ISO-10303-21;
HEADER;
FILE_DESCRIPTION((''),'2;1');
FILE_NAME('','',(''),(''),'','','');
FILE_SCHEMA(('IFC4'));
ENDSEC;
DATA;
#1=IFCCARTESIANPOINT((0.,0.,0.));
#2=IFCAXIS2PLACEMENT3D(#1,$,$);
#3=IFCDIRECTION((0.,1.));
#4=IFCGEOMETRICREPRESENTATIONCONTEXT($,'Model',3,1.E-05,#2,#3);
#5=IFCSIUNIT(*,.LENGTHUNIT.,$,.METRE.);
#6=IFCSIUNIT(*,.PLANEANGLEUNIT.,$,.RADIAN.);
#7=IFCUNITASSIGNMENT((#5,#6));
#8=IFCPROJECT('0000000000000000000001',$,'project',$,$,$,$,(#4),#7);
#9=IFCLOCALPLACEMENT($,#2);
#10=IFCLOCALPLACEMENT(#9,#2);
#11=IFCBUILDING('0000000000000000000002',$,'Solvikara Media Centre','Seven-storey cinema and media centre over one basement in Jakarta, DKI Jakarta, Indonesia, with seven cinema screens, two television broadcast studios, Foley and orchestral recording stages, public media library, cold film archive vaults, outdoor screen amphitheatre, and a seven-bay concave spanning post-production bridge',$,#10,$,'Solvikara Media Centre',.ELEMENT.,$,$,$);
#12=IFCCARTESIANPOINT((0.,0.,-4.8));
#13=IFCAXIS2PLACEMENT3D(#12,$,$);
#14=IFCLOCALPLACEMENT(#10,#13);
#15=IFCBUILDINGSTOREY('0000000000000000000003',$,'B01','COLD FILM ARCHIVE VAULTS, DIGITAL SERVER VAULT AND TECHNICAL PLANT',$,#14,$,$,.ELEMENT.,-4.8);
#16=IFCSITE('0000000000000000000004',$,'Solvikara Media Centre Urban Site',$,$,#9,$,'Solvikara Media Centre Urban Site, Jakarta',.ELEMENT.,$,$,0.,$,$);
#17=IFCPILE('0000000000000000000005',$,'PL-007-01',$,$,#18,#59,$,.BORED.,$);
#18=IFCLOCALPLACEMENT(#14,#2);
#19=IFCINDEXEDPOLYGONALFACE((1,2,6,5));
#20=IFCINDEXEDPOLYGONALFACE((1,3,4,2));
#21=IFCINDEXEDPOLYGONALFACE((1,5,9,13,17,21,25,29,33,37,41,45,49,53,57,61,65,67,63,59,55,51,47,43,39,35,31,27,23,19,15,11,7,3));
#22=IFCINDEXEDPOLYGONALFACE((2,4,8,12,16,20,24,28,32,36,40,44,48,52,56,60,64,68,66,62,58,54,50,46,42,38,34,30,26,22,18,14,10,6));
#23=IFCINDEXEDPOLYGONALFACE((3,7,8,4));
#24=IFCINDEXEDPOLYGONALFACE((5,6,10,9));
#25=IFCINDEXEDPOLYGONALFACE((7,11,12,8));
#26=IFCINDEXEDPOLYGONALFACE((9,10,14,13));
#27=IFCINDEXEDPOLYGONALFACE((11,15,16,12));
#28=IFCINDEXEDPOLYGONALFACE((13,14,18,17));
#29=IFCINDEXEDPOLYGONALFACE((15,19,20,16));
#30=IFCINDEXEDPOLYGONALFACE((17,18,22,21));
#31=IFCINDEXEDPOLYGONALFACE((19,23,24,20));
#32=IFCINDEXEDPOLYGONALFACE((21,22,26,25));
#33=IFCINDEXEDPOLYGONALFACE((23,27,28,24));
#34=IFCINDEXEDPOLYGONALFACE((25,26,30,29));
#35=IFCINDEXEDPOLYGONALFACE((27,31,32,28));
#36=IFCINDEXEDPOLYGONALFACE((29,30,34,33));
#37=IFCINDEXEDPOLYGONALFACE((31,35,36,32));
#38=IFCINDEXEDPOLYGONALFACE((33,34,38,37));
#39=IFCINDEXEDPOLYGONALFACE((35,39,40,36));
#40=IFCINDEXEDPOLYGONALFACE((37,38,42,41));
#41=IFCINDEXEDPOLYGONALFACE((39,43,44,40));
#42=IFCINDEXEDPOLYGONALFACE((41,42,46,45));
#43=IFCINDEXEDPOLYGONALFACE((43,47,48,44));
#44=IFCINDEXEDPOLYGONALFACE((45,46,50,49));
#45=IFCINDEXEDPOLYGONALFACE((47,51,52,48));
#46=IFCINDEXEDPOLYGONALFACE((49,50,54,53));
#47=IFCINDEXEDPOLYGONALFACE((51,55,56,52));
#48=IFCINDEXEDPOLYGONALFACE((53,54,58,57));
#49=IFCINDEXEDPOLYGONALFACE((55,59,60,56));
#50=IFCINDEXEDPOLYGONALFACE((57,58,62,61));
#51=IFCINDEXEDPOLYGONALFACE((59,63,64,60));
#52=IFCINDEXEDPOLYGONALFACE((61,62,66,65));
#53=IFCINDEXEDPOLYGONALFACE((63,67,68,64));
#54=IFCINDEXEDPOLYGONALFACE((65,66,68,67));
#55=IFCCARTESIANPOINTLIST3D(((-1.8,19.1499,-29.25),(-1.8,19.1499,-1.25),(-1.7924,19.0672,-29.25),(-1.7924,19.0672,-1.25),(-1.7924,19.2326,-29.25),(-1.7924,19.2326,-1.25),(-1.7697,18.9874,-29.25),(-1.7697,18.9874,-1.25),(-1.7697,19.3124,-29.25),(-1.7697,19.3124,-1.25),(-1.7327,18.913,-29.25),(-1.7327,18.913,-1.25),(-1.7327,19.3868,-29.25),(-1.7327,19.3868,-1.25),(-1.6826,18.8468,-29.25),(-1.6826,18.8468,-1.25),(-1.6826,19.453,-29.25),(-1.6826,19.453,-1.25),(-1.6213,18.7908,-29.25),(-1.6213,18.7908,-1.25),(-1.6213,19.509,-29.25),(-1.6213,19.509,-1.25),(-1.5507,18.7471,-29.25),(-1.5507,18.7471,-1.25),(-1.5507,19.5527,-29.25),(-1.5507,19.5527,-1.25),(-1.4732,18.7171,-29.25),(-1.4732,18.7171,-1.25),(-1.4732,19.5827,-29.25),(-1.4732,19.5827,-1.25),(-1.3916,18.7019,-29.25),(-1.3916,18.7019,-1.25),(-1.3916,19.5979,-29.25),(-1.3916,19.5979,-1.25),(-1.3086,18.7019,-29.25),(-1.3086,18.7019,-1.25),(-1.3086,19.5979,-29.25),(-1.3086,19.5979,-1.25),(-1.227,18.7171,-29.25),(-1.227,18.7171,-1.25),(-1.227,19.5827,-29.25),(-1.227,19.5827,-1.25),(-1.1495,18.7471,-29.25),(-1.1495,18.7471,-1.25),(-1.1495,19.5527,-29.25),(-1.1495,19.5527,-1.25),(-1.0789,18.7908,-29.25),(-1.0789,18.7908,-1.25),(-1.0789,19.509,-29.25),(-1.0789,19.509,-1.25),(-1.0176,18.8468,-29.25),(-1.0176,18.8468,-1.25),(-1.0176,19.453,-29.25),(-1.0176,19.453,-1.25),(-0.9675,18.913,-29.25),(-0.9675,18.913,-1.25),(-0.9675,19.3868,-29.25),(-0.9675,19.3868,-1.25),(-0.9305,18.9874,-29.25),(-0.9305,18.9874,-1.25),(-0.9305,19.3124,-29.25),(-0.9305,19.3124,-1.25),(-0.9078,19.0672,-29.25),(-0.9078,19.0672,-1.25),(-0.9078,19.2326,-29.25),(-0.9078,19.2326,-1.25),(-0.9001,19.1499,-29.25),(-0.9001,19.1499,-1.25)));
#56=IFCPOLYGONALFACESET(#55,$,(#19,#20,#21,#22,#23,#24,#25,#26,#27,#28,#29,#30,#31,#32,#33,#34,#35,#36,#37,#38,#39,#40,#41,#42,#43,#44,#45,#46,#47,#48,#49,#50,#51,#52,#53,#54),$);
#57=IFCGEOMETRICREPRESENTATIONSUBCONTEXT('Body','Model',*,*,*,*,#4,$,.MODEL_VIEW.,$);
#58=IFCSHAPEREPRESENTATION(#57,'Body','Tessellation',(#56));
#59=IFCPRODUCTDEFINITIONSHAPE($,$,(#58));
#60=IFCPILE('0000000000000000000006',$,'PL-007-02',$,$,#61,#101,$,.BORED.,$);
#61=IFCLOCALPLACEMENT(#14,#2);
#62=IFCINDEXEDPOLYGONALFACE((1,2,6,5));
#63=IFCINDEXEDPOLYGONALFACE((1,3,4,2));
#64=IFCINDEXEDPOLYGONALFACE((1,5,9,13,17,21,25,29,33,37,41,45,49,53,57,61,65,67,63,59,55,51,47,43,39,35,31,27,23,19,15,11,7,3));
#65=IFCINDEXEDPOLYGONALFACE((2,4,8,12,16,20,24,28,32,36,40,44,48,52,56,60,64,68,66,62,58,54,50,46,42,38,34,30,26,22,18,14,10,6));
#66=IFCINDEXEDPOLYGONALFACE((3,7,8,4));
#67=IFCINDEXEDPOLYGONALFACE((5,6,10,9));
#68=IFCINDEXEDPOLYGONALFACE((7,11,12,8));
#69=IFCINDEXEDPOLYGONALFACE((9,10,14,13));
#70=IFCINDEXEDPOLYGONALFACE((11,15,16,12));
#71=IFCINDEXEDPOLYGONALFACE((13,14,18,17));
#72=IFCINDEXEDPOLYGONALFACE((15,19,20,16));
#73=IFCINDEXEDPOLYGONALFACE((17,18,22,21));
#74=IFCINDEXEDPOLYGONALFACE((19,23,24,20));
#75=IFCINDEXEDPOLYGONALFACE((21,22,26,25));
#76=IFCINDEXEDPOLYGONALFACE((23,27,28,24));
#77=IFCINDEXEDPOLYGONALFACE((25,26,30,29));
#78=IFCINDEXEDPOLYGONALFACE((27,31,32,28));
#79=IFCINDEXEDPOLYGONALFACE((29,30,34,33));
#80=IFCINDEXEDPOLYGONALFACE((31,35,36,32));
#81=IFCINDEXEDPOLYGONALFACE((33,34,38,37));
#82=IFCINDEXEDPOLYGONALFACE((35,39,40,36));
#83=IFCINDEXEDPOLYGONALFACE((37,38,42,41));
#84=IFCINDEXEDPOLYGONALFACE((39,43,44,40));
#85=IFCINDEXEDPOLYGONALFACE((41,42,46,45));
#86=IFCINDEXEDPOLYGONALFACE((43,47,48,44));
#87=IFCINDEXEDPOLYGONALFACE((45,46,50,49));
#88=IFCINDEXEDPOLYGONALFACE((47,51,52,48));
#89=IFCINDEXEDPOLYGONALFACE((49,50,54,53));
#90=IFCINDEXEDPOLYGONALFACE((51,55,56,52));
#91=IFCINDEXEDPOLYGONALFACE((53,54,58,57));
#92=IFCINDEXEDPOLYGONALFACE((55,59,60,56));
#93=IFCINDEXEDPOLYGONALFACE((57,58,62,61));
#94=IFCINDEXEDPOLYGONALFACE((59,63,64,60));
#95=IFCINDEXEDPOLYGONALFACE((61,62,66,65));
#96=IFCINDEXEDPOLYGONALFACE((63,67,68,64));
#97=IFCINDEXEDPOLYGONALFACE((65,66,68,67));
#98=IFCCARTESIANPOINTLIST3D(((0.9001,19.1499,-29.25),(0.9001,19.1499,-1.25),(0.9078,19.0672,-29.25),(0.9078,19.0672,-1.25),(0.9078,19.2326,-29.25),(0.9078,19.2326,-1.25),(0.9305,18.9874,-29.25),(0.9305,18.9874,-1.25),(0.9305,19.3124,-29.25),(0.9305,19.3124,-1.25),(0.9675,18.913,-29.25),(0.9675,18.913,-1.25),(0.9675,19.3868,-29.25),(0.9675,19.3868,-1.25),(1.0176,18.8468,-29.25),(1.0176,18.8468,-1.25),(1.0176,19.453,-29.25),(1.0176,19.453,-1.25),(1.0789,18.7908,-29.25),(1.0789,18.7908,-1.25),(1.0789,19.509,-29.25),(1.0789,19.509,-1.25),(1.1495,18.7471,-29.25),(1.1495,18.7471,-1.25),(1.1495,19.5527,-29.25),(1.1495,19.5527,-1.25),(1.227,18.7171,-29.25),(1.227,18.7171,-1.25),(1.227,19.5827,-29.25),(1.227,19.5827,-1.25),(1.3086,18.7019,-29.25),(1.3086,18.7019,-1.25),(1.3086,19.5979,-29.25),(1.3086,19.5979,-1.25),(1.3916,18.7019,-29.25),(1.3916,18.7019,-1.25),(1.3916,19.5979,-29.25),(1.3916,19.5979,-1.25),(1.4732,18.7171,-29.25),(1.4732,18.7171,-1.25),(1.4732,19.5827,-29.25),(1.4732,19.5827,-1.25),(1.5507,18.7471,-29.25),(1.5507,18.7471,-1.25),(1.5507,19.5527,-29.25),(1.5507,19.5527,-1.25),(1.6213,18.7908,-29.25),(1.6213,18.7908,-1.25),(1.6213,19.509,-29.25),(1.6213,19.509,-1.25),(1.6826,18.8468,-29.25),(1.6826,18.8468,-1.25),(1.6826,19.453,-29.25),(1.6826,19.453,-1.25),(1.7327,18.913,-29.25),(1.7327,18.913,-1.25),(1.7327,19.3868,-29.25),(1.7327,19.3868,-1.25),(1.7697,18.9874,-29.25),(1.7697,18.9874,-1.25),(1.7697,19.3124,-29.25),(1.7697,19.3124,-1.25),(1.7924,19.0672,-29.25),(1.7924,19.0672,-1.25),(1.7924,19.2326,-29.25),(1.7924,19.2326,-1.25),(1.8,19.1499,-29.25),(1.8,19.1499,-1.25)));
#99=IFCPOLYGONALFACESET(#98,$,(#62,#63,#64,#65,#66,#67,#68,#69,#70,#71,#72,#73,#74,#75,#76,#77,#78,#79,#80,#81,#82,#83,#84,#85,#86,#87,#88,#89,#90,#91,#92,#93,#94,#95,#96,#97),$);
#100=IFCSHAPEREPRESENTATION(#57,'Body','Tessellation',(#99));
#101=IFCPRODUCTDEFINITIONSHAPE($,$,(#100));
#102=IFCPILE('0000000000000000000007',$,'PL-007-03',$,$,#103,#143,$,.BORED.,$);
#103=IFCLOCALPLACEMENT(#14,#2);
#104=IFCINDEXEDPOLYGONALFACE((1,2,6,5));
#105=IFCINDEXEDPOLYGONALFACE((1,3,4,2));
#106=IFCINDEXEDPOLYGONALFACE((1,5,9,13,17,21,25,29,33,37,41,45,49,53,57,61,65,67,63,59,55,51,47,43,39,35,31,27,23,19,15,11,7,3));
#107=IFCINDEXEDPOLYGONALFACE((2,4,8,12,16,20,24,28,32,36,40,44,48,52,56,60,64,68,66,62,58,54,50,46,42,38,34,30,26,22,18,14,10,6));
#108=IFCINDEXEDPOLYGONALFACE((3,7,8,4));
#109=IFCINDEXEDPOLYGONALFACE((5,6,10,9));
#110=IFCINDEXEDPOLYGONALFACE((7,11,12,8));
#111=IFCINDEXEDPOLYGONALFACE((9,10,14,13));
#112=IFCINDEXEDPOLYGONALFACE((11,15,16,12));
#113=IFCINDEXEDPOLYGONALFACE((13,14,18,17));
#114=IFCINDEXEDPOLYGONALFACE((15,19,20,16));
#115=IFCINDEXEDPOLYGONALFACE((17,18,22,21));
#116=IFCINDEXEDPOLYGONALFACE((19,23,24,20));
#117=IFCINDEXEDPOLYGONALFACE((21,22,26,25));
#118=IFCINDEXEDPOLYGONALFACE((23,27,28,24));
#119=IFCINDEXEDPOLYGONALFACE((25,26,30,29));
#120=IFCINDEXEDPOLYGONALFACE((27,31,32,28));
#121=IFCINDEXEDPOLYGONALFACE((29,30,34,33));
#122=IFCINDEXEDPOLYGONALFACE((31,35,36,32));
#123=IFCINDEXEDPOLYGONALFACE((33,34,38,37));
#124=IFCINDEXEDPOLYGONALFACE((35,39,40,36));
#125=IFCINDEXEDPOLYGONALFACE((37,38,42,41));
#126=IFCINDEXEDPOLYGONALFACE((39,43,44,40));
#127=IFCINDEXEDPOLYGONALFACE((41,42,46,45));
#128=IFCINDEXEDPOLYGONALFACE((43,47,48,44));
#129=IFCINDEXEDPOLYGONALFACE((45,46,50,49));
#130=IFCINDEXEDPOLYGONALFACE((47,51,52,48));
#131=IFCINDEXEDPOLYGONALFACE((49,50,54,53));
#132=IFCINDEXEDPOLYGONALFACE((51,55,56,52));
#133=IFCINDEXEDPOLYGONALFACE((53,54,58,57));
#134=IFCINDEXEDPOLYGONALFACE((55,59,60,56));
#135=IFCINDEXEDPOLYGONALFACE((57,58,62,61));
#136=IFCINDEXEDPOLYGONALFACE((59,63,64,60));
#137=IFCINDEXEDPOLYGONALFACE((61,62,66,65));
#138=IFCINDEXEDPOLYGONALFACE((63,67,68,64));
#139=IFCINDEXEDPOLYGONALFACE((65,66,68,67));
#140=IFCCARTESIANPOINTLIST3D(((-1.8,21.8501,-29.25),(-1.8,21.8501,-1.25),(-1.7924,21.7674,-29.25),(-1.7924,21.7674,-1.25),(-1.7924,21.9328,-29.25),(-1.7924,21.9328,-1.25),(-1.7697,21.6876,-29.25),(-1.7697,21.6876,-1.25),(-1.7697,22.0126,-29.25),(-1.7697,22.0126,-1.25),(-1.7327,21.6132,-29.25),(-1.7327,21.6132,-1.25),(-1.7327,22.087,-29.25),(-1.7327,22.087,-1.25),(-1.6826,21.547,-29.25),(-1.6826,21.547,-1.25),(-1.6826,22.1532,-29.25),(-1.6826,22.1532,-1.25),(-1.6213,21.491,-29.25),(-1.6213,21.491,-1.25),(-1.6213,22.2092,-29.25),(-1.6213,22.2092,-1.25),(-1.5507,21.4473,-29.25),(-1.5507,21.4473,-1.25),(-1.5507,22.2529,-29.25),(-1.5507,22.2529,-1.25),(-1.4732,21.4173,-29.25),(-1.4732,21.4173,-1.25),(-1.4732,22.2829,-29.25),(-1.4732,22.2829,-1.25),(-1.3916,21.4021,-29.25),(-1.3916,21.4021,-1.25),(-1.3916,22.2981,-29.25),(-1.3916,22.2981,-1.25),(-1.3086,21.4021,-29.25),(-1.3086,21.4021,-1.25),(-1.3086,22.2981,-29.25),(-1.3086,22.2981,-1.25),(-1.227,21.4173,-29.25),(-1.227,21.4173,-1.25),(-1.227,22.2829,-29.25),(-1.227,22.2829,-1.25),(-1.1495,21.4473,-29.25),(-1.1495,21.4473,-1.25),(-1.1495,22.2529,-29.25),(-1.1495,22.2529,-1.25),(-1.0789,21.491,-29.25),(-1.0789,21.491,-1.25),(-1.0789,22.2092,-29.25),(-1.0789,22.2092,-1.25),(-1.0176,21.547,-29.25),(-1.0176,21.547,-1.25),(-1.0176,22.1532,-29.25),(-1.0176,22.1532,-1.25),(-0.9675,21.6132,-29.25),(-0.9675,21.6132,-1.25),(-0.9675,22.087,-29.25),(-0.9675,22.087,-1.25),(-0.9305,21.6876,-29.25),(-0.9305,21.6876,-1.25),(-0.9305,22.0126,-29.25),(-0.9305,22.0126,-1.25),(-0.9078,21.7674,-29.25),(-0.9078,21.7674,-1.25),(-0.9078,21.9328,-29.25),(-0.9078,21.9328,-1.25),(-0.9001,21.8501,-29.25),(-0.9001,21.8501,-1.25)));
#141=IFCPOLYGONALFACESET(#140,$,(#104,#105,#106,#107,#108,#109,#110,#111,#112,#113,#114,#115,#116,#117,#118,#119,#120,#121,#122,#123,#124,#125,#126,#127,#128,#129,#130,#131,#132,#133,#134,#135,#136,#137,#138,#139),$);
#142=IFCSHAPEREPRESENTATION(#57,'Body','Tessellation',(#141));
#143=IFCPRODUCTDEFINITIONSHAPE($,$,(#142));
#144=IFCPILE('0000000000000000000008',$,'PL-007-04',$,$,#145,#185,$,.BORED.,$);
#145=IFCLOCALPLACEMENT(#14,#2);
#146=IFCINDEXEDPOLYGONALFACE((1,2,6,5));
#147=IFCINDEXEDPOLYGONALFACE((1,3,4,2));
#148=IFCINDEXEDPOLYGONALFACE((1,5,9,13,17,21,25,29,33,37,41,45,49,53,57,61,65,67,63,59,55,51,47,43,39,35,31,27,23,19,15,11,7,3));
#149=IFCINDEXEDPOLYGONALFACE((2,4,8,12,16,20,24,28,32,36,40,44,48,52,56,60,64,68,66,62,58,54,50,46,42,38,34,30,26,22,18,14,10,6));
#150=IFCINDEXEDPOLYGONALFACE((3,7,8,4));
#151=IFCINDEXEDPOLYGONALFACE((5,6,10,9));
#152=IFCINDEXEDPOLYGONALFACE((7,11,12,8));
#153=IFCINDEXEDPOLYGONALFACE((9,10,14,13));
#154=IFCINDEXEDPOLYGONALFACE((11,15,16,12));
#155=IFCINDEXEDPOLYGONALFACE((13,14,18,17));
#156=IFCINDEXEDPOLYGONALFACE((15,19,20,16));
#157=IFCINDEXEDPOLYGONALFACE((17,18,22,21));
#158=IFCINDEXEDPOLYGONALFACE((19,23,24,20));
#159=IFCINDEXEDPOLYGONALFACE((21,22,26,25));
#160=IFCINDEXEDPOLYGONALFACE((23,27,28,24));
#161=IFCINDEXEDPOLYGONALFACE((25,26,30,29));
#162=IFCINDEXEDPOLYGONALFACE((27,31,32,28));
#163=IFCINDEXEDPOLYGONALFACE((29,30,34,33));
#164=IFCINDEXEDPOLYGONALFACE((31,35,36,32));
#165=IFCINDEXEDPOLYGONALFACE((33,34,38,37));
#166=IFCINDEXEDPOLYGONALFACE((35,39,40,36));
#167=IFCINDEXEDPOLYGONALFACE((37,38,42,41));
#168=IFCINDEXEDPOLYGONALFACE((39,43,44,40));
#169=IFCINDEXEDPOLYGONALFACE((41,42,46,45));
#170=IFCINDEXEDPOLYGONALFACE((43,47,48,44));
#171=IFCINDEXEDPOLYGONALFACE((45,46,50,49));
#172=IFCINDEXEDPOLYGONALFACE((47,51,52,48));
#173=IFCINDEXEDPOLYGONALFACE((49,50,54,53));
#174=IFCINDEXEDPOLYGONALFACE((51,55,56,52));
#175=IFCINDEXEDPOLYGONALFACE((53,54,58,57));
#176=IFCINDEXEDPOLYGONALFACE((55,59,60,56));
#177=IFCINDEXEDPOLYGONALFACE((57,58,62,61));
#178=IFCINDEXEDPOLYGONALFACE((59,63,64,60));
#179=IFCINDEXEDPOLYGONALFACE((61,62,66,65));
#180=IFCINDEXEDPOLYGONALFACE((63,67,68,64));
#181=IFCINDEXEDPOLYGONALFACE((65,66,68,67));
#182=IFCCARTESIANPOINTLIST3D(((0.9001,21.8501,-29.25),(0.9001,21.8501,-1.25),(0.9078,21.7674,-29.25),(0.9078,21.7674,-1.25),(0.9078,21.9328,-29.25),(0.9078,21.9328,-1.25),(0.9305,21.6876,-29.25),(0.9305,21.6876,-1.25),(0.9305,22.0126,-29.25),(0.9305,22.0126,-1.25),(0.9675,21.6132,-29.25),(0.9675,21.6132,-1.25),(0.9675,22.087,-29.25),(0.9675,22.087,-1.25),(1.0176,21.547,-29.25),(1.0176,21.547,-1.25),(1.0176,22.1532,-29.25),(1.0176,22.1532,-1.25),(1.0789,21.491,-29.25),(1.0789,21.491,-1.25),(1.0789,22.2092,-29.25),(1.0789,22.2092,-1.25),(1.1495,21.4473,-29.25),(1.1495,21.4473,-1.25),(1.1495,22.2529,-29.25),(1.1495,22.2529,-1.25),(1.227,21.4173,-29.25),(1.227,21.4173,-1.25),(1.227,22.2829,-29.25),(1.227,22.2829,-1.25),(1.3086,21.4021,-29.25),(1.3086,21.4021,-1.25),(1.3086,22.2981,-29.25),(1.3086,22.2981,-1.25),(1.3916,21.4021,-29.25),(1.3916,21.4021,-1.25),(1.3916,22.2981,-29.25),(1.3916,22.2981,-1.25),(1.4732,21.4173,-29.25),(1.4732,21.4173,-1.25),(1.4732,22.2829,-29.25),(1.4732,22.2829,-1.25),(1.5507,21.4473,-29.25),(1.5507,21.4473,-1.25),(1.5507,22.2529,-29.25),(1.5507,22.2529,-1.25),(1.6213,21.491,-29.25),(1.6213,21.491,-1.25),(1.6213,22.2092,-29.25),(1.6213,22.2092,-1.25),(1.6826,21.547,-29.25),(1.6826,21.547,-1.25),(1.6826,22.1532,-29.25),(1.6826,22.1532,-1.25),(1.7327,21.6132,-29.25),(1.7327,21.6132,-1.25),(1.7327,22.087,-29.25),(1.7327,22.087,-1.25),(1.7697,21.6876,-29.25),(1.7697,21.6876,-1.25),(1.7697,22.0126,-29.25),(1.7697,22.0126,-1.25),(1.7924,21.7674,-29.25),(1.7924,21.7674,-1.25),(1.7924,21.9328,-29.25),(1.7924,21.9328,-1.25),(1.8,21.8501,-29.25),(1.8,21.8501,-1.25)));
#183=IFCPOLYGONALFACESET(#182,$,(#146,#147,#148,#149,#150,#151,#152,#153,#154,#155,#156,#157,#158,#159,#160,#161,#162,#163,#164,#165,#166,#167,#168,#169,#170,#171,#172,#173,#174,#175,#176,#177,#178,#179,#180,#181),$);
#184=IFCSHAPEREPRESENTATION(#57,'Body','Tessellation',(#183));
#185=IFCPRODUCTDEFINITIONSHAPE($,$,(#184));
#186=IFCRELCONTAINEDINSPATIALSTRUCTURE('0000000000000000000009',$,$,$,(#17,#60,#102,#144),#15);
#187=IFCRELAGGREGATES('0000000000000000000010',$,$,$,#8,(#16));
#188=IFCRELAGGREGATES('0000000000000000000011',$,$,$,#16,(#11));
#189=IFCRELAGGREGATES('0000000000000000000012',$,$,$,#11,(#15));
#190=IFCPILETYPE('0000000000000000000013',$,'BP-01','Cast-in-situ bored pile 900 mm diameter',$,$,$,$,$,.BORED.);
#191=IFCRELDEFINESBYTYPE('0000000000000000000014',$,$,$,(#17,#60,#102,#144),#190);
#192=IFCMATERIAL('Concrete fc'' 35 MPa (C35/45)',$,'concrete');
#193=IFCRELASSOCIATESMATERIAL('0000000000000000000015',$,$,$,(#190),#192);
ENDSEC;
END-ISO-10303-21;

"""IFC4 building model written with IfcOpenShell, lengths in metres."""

from ifc_helpers import new_model, si_unit, direction, frame, origin, origin_2d, place, context, subcontext, project, spatial, circle, extrude, material, material_profile, profile_set, type_object, element, save


model = new_model("IFC4")

# Units and contexts
model_context = context("Model", 3, precision=1e-05, world=origin(), true_north=direction((0.0, 1.0)))
body_context = subcontext(model_context, "Body", "Model", "MODEL_VIEW")
ifc_project = project(units=[si_unit("LENGTHUNIT", "METRE"), si_unit("PLANEANGLEUNIT", "RADIAN")], contexts=[model_context])

# Site, building, storey
site_placement = place(None, origin())
site = spatial("IfcSite", under=ifc_project, at=site_placement, Name="Solvikara Media Centre Urban Site", LongName="Solvikara Media Centre Urban Site, Jakarta", CompositionType="ELEMENT", RefElevation=0.0)
building_placement = place(site_placement, origin())
building = spatial("IfcBuilding", under=site, at=building_placement, Name="Solvikara Media Centre", Description="Seven-storey cinema and media centre over one basement in Jakarta, DKI Jakarta, Indonesia, with seven cinema screens, two television broadcast studios, Foley and orchestral recording stages, public media library, cold film archive vaults, outdoor screen amphitheatre, and a seven-bay concave spanning post-production bridge", LongName="Solvikara Media Centre", CompositionType="ELEMENT")
storey_placement = place(building_placement, frame((0.0, 0.0, -4.8)))
storey = spatial("IfcBuildingStorey", under=building, at=storey_placement, Name="B01", Description="COLD FILM ARCHIVE VAULTS, DIGITAL SERVER VAULT AND TECHNICAL PLANT", CompositionType="ELEMENT", Elevation=-4.8)

# Piles
ifc_material_1 = material(Name="Concrete fc' 35 MPa (C35/45)", Category="concrete")
ifc_material_profile_1 = material_profile(ifc_material_1, circle(Radius=0.45, at=origin_2d()), Name="BORED PILE D900")
ifc_profile_set_1 = profile_set([ifc_material_profile_1], Name="Concrete fc' 35 MPa (C35/45)")
pile_type_1 = type_object("IfcPileType", Name="BP-01", Description="Cast-in-situ bored pile 900 mm diameter", PredefinedType="BORED", material=ifc_profile_set_1)
for number, where, z_axis, x_axis, name in (
    (1, (-1.3501, 19.1499, -1.25), (0.0, 0.0, -1.0), (1.0, 0.0, 0.0), "PL-007-01"),
    (2, (1.3501, 19.1499, -1.25), (0.0, 0.0, -1.0), (1.0, 0.0, 0.0), "PL-007-02"),
    (3, (-1.3501, 21.8501, -1.25), (0.0, 0.0, -1.0), (1.0, 0.0, 0.0), "PL-007-03"),
    (4, (1.3501, 21.8501, -1.25), (0.0, 0.0, -1.0), (1.0, 0.0, 0.0), "PL-007-04"),
):
    element("IfcPile", number, at=place(storey_placement, frame(where, z_axis=z_axis, x_axis=x_axis)), inside=storey, type_object=pile_type_1, Name=name, PredefinedType="BORED", context=body_context, shape_type="SweptSolid", body=[
        extrude(circle(Radius=0.45, at=origin_2d()), origin(), (0.0, 0.0, 1.0), 28.0),
    ])

save(model, "model.ifc")
